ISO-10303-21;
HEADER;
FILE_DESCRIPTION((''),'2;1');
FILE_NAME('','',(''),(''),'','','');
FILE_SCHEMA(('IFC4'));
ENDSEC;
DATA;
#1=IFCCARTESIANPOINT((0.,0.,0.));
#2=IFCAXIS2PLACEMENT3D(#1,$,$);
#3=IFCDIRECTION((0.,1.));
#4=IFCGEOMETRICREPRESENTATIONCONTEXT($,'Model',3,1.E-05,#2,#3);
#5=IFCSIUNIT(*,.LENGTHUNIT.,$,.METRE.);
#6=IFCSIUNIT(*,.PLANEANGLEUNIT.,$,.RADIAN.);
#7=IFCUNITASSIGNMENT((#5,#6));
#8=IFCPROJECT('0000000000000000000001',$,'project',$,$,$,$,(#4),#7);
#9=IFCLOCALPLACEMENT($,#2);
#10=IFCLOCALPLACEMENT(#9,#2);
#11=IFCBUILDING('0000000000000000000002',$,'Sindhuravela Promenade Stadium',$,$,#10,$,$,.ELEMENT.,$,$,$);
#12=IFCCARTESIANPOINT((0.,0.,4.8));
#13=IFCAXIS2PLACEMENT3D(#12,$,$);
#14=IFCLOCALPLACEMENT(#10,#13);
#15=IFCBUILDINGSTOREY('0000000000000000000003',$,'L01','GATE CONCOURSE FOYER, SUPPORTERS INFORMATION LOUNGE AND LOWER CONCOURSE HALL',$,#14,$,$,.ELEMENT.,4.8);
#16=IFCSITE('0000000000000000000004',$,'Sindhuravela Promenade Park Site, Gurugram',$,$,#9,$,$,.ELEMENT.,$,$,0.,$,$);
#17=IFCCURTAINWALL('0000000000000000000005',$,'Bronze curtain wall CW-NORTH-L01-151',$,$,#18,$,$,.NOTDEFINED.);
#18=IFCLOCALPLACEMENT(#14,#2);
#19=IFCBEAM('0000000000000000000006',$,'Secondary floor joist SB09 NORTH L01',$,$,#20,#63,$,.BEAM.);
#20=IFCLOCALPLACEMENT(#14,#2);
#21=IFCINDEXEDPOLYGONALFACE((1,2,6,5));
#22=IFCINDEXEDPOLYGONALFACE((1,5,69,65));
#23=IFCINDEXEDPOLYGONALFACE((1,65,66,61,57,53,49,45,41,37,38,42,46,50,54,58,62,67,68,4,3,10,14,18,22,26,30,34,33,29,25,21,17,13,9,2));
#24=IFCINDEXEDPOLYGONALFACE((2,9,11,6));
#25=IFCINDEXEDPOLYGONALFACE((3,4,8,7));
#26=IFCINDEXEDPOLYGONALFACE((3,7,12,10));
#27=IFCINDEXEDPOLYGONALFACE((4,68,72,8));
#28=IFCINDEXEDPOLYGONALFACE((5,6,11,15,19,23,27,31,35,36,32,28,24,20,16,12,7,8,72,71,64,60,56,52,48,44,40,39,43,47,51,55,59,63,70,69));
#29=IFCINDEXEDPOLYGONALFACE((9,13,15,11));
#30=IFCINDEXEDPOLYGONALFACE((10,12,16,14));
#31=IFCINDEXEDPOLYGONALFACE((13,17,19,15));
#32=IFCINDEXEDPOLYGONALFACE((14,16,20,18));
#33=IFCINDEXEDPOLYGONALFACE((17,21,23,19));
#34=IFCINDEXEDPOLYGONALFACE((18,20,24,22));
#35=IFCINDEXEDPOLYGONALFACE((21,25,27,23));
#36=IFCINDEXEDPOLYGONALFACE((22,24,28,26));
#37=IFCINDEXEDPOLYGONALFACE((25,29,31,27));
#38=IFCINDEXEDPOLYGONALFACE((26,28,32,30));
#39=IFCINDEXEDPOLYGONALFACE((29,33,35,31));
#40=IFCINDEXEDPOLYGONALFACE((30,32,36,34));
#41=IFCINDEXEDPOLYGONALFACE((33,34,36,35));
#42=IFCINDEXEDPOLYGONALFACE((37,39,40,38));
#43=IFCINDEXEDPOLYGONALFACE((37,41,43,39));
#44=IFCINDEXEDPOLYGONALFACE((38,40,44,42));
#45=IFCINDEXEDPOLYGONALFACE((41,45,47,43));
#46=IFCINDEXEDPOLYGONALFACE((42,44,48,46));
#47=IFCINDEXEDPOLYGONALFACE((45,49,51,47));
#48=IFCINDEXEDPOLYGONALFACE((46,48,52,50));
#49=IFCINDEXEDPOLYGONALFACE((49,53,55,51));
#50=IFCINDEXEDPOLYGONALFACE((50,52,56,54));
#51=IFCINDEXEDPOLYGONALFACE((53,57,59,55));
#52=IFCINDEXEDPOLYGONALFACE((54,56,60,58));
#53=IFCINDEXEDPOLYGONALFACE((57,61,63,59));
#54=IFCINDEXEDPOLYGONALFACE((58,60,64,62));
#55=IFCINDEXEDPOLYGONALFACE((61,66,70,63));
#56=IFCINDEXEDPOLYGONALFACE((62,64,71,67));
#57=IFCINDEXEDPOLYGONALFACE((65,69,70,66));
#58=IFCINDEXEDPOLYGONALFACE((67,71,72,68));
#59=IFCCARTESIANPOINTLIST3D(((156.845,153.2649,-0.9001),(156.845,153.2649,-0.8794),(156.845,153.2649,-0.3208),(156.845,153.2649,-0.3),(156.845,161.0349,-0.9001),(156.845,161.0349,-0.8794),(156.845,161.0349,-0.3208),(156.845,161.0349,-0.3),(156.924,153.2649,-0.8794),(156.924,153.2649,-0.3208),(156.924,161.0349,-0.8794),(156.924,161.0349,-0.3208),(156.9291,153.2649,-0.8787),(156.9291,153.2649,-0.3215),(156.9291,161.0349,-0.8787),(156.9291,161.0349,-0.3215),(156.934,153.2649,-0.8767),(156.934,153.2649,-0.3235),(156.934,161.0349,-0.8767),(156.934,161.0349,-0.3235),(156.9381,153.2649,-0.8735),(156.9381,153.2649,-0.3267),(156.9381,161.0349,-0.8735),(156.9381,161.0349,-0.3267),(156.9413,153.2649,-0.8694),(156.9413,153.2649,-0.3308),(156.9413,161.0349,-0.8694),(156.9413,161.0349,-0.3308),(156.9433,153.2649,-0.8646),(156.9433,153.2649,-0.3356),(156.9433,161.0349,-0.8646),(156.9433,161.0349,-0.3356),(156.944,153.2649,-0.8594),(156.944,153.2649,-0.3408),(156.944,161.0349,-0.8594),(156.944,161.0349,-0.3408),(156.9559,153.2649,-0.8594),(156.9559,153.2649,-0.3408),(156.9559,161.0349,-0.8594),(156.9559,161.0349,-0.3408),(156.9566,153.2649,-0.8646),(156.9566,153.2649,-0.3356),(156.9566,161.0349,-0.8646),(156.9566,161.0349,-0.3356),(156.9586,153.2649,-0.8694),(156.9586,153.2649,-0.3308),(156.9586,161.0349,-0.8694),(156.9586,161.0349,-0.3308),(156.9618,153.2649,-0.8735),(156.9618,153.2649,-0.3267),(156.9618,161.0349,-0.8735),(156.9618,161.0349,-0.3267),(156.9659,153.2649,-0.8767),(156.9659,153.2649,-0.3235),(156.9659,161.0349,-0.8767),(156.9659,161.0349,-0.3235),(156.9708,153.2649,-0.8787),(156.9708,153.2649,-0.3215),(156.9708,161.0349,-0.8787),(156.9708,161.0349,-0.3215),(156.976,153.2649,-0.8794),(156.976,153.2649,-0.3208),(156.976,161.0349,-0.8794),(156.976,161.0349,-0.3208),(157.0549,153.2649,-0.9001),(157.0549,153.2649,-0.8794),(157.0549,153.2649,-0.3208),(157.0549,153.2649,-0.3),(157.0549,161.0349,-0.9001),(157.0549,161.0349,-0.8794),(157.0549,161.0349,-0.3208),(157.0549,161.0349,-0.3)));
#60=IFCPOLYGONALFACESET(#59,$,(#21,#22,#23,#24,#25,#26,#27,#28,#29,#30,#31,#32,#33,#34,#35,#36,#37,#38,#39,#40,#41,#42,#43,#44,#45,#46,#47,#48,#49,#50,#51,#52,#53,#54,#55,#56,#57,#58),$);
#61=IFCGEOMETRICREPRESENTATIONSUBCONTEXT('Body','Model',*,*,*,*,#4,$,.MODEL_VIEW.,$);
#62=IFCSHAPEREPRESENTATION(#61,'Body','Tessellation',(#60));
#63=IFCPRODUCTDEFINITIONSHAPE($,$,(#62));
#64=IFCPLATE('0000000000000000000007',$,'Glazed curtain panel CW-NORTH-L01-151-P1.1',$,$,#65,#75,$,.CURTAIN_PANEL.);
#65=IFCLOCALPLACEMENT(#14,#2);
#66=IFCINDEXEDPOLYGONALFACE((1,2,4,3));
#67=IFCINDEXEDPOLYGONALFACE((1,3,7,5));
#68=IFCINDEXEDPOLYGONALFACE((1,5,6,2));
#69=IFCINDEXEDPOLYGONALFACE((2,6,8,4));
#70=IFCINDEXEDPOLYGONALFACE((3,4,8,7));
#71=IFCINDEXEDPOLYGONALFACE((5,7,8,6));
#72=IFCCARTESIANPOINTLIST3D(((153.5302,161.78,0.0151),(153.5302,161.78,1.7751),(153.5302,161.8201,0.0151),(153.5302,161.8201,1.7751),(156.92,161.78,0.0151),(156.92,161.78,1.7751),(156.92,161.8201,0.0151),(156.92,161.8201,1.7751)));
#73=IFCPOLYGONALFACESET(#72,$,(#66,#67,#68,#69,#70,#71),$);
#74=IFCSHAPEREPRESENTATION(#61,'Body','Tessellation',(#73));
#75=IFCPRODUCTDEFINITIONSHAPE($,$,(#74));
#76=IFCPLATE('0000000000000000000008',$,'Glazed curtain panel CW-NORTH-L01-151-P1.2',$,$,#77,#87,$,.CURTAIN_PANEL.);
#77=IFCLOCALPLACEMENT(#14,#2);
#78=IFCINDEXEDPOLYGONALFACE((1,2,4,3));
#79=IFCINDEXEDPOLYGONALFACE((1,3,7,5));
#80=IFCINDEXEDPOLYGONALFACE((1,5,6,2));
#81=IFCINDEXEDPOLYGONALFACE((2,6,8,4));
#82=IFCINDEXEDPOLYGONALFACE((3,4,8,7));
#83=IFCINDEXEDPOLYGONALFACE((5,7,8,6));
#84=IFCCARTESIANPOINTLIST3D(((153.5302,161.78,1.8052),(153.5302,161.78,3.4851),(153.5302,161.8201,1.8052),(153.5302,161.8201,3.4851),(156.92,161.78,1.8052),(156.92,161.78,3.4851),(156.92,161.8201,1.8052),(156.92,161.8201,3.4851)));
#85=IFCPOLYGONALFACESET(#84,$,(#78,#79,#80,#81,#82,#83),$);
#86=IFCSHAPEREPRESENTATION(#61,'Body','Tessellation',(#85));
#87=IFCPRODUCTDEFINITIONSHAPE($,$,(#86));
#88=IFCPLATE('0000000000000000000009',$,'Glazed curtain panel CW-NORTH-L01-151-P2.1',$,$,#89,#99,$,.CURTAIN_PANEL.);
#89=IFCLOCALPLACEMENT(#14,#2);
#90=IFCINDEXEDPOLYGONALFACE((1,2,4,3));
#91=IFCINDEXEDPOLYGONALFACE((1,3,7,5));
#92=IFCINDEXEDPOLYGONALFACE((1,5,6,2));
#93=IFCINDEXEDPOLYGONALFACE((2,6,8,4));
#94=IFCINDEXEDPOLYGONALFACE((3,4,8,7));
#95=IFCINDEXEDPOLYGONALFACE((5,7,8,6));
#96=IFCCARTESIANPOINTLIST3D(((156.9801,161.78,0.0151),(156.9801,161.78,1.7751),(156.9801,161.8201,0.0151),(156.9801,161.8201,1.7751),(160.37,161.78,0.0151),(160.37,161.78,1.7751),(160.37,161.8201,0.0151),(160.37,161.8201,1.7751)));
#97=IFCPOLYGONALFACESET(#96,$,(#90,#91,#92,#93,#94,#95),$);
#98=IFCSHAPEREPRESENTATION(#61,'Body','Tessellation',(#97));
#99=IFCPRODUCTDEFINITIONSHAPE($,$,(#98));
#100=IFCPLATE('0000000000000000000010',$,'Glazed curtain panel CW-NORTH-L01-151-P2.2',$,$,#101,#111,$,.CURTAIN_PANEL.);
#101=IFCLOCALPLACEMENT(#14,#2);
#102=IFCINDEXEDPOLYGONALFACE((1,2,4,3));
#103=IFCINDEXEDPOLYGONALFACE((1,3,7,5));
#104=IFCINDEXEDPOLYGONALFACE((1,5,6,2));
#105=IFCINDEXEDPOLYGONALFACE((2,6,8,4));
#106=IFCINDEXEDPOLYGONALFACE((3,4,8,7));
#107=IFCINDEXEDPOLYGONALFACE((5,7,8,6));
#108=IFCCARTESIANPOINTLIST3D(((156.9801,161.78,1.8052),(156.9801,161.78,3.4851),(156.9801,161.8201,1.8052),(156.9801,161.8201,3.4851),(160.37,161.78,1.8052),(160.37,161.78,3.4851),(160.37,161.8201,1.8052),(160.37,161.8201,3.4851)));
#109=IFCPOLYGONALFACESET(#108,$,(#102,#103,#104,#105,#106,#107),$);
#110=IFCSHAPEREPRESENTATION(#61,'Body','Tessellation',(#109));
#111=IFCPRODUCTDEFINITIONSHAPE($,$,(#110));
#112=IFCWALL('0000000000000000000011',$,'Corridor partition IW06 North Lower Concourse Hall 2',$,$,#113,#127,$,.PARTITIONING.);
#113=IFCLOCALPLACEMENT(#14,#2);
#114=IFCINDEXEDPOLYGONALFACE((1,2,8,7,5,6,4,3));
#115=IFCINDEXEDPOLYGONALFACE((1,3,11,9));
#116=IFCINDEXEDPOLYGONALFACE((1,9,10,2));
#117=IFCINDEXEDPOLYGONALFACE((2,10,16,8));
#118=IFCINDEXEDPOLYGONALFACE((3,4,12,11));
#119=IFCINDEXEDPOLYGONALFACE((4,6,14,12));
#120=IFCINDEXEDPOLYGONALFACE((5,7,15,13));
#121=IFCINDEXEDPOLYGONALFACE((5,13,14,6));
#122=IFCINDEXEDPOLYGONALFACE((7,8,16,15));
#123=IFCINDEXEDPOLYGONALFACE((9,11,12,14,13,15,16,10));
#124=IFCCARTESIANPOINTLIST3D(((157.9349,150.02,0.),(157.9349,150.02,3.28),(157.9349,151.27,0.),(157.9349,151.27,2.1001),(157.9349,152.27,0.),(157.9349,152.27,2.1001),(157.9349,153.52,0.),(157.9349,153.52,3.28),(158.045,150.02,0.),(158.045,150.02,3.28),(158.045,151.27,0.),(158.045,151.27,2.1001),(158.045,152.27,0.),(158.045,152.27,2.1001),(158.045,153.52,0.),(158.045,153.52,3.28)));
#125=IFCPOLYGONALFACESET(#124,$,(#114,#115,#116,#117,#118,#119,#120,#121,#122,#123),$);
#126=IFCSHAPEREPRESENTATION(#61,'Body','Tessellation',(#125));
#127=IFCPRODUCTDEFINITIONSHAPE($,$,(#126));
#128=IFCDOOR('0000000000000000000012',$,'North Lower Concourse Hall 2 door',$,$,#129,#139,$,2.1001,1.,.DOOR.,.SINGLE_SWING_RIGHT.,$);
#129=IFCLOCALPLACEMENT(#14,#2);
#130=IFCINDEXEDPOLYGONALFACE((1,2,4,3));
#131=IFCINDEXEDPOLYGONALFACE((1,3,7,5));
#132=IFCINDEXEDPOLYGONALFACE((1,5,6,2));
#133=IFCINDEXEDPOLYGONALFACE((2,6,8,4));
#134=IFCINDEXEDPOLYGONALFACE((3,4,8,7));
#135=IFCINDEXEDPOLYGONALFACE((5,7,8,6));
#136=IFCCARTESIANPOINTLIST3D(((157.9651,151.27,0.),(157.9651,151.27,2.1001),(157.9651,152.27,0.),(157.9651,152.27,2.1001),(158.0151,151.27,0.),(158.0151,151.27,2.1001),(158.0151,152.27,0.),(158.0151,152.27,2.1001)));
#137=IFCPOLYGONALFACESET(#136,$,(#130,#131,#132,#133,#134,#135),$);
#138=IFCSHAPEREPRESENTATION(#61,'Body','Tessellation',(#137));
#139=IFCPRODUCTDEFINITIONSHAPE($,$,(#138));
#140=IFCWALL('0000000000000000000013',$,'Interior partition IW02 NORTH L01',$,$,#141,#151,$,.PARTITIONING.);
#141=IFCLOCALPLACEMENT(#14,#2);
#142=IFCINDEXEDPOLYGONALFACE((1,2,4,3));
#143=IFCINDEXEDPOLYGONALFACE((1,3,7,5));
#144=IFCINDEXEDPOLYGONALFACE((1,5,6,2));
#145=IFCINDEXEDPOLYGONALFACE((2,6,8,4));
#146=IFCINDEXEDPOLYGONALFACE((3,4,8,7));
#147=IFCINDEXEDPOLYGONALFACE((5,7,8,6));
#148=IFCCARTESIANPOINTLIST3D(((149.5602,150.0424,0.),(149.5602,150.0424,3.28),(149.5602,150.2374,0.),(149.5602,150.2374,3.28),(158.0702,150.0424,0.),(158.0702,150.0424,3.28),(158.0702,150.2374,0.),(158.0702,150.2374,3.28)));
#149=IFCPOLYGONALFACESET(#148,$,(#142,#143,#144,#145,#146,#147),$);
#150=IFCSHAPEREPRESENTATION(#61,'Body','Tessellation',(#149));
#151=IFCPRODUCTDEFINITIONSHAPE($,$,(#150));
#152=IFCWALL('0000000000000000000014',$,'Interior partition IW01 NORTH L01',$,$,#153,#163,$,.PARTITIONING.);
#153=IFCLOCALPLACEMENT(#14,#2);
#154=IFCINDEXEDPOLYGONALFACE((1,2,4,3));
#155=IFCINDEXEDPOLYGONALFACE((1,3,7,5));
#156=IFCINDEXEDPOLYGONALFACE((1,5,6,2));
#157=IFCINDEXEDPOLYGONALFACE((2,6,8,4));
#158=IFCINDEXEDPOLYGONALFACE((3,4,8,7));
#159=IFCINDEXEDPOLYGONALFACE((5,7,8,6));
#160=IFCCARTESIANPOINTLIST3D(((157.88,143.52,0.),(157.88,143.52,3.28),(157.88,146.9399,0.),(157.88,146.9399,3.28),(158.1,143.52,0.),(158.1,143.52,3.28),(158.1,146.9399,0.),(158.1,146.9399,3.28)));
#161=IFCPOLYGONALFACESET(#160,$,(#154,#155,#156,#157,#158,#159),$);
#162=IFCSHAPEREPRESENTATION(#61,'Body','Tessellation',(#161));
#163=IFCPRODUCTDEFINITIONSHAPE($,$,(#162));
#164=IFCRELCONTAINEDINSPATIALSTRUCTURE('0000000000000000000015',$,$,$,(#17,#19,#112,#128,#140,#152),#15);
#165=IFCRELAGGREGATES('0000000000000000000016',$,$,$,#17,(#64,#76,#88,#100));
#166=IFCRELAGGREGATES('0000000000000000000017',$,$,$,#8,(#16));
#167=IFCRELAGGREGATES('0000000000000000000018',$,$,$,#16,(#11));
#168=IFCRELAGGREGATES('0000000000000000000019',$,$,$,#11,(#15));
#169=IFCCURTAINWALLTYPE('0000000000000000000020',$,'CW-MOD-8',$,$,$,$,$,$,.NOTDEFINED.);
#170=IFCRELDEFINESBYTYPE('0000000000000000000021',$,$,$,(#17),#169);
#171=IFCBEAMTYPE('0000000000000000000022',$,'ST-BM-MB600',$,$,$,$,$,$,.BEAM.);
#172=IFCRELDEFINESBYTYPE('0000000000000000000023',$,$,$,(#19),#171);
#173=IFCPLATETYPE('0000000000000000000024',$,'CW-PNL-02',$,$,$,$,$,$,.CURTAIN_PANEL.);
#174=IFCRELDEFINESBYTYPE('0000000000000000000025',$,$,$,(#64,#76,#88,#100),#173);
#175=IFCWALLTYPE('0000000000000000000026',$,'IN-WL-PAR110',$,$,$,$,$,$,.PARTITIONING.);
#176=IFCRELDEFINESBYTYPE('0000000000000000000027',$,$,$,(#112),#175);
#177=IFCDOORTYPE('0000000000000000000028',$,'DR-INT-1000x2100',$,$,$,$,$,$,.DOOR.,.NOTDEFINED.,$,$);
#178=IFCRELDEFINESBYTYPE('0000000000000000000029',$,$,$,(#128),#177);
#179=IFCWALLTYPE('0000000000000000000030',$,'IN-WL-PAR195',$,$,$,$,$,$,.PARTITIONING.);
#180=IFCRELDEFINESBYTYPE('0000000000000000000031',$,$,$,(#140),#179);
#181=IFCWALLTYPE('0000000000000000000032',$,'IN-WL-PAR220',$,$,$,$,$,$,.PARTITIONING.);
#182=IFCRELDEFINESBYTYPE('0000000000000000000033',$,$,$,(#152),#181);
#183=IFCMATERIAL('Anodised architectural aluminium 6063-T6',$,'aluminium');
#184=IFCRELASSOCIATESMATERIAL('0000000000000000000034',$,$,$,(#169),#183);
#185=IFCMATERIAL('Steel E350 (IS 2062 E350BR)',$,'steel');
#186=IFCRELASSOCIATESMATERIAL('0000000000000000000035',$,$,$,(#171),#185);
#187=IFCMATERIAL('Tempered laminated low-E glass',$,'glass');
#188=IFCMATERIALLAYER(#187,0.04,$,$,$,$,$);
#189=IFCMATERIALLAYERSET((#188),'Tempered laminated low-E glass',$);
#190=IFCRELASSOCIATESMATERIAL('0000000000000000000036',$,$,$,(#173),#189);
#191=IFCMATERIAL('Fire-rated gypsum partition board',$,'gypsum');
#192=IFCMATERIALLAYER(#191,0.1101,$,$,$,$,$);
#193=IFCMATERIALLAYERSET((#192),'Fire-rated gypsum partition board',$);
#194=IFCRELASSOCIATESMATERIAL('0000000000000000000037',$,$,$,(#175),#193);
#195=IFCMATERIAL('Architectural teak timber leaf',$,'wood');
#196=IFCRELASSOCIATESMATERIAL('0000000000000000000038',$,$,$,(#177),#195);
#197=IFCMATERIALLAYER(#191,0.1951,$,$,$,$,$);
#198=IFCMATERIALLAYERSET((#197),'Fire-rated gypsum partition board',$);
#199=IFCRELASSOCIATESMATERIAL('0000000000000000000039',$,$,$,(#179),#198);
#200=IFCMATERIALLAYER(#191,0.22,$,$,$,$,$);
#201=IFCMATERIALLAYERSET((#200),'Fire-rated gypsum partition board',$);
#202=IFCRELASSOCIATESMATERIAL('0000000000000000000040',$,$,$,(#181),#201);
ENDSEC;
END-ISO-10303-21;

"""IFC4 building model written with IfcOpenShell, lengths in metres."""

from ifc_helpers import new_model, si_unit, direction, frame, frame_2d, origin, origin_2d, place, context, subcontext, project, spatial, rectangle, i_section, extrude, material, layer, layer_set, material_profile, profile_set, type_object, element, fill, aggregate, save


model = new_model("IFC4")

# Units and contexts
model_context = context("Model", 3, precision=1e-05, world=origin(), true_north=direction((0.0, 1.0)))
body_context = subcontext(model_context, "Body", "Model", "MODEL_VIEW")
ifc_project = project(units=[si_unit("LENGTHUNIT", "METRE"), si_unit("PLANEANGLEUNIT", "RADIAN")], contexts=[model_context])

# Site, building, storey
site_placement = place(None, origin())
site = spatial("IfcSite", under=ifc_project, at=site_placement, Name="Sindhuravela Promenade Park Site, Gurugram", CompositionType="ELEMENT", RefElevation=0.0)
building_placement = place(site_placement, origin())
building = spatial("IfcBuilding", under=site, at=building_placement, Name="Sindhuravela Promenade Stadium", CompositionType="ELEMENT")
storey_placement = place(building_placement, frame((0.0, 0.0, 4.8)))
storey = spatial("IfcBuildingStorey", under=building, at=storey_placement, Name="L01", Description="GATE CONCOURSE FOYER, SUPPORTERS INFORMATION LOUNGE AND LOWER CONCOURSE HALL", CompositionType="ELEMENT", Elevation=4.8)

# Curtain wall
ifc_material_1 = material(Name="Anodised architectural aluminium 6063-T6", Category="aluminium")
curtain_wall_type = type_object("IfcCurtainWallType", Name="CW-MOD-8", PredefinedType="NOTDEFINED", material=ifc_material_1)
curtain_wall_placement = place(storey_placement, origin())
curtain_wall = element("IfcCurtainWall", 1, at=curtain_wall_placement, inside=storey, type_object=curtain_wall_type, Name="Bronze curtain wall CW-NORTH-L01-151", PredefinedType="NOTDEFINED")

# Beam
ifc_material_2 = material(Name="Steel E350 (IS 2062 E350BR)", Category="steel")
ifc_material_profile_1 = material_profile(ifc_material_2, i_section(OverallWidth=0.21, OverallDepth=0.6001, WebThickness=0.012, FlangeThickness=0.0208, FilletRadius=0.02, at=origin_2d()), Name="ISMB 600")
ifc_profile_set_1 = profile_set([ifc_material_profile_1], Name="Steel E350 (IS 2062 E350BR)")
beam_type_1 = type_object("IfcBeamType", Name="ST-BM-MB600", PredefinedType="BEAM", material=ifc_profile_set_1)
beam_1_placement = place(storey_placement, frame((156.95, 153.2649, -0.6001), z_axis=(0.0, 1.0, 0.0), x_axis=(-1.0, 0.0, 0.0)))
element("IfcBeam", 2, at=beam_1_placement, inside=storey, type_object=beam_type_1, Name="Secondary floor joist SB09 NORTH L01", PredefinedType="BEAM", context=body_context, shape_type="SweptSolid", body=[
    extrude(i_section(OverallWidth=0.21, OverallDepth=0.6001, WebThickness=0.012, FlangeThickness=0.0208, FilletRadius=0.02, at=origin_2d()), origin(), (0.0, 0.0, 1.0), 7.77),
])

# Plates
ifc_material_3 = material(Name="Tempered laminated low-E glass", Category="glass")
ifc_layer_1 = layer(ifc_material_3, 0.04)
ifc_layer_set_1 = layer_set([ifc_layer_1], Name="Tempered laminated low-E glass")
plate_type = type_object("IfcPlateType", Name="CW-PNL-02", PredefinedType="CURTAIN_PANEL", material=ifc_layer_set_1)
plate_1_placement = place(storey_placement, frame((155.2251, 161.8, 0.0151), z_axis=(0.0, 0.0, 1.0), x_axis=(1.0, 0.0, 0.0)))
plate_1 = element("IfcPlate", 3, at=plate_1_placement, type_object=plate_type, Name="Glazed curtain panel CW-NORTH-L01-151-P1.1", PredefinedType="CURTAIN_PANEL", context=body_context, shape_type="SweptSolid", body=[
    extrude(rectangle(XDim=3.3899, YDim=0.04, at=origin_2d()), origin(), (0.0, 0.0, 1.0), 1.76),
])
plate_2_placement = place(storey_placement, frame((155.2251, 161.8, 1.8052), z_axis=(0.0, 0.0, 1.0), x_axis=(1.0, 0.0, 0.0)))
plate_2 = element("IfcPlate", 4, at=plate_2_placement, type_object=plate_type, Name="Glazed curtain panel CW-NORTH-L01-151-P1.2", PredefinedType="CURTAIN_PANEL", context=body_context, shape_type="SweptSolid", body=[
    extrude(rectangle(XDim=3.3899, YDim=0.04, at=origin_2d()), origin(), (0.0, 0.0, 1.0), 1.6799),
])
plate_3_placement = place(storey_placement, frame((158.675, 161.8, 0.0151), z_axis=(0.0, 0.0, 1.0), x_axis=(1.0, 0.0, 0.0)))
plate_3 = element("IfcPlate", 5, at=plate_3_placement, type_object=plate_type, Name="Glazed curtain panel CW-NORTH-L01-151-P2.1", PredefinedType="CURTAIN_PANEL", context=body_context, shape_type="SweptSolid", body=[
    extrude(rectangle(XDim=3.3899, YDim=0.04, at=origin_2d()), origin(), (0.0, 0.0, 1.0), 1.76),
])
plate_4_placement = place(storey_placement, frame((158.675, 161.8, 1.8052), z_axis=(0.0, 0.0, 1.0), x_axis=(1.0, 0.0, 0.0)))
plate_4 = element("IfcPlate", 6, at=plate_4_placement, type_object=plate_type, Name="Glazed curtain panel CW-NORTH-L01-151-P2.2", PredefinedType="CURTAIN_PANEL", context=body_context, shape_type="SweptSolid", body=[
    extrude(rectangle(XDim=3.3899, YDim=0.04, at=origin_2d()), origin(), (0.0, 0.0, 1.0), 1.6799),
])
aggregate(curtain_wall, [plate_1, plate_2, plate_3, plate_4])

# Wall, opening, door
ifc_material_4 = material(Name="Fire-rated gypsum partition board", Category="gypsum")
ifc_layer_2 = layer(ifc_material_4, 0.1101)
ifc_layer_set_2 = layer_set([ifc_layer_2], Name="Fire-rated gypsum partition board")
wall_type_1 = type_object("IfcWallType", Name="IN-WL-PAR110", PredefinedType="PARTITIONING", material=ifc_layer_set_2)
wall_1_placement = place(storey_placement, frame((157.99, 150.02, 0.0), z_axis=(0.0, 0.0, 1.0), x_axis=(0.0, 1.0, 0.0)))
wall_1 = element("IfcWall", 7, at=wall_1_placement, inside=storey, type_object=wall_type_1, Name="Corridor partition IW06 North Lower Concourse Hall 2", PredefinedType="PARTITIONING", context=body_context, shape_type="SweptSolid", body=[
    extrude(rectangle(XDim=3.5, YDim=0.1101, at=frame_2d((1.75, 0.0))), origin(), (0.0, 0.0, 1.0), 3.28),
])
opening_placement = place(wall_1_placement, frame((1.25, 0.0, 0.0)))
opening = element("IfcOpeningElement", 8, at=opening_placement, cuts=wall_1, PredefinedType="OPENING", context=body_context, shape_type="SweptSolid", body=[
    extrude(rectangle(XDim=1.0, YDim=2.1001, at=frame_2d((0.5, 1.05))), frame((0.0, 0.0649, 0.0), z_axis=(0.0, -1.0, 0.0), x_axis=(1.0, 0.0, 0.0)), (0.0, 0.0, 1.0), 0.1301),
])
ifc_material_5 = material(Name="Architectural teak timber leaf", Category="wood")
door_type = type_object("IfcDoorType", Name="DR-INT-1000x2100", OperationType="NOTDEFINED", PredefinedType="DOOR", material=ifc_material_5)
door_placement = place(opening_placement, origin())
door = element("IfcDoor", 9, at=door_placement, inside=storey, type_object=door_type, Name="North Lower Concourse Hall 2 door", OperationType="SINGLE_SWING_RIGHT", OverallHeight=2.1001, OverallWidth=1.0, PredefinedType="DOOR", context=body_context, shape_type="SweptSolid", body=[
    extrude(rectangle(XDim=1.0, YDim=2.1001, at=frame_2d((0.5, 1.05))), frame((0.0, 0.0249, 0.0), z_axis=(0.0, -1.0, 0.0), x_axis=(1.0, 0.0, 0.0)), (0.0, 0.0, 1.0), 0.05),
])
fill(opening, door)

# Walls
ifc_layer_3 = layer(ifc_material_4, 0.1951)
ifc_layer_set_3 = layer_set([ifc_layer_3], Name="Fire-rated gypsum partition board")
wall_type_2 = type_object("IfcWallType", Name="IN-WL-PAR195", PredefinedType="PARTITIONING", material=ifc_layer_set_3)
wall_2_placement = place(storey_placement, frame((158.0701, 150.1399, 0.0), z_axis=(0.0, 0.0, 1.0), x_axis=(-1.0, 0.0, 0.0)))
element("IfcWall", 10, at=wall_2_placement, inside=storey, type_object=wall_type_2, Name="Interior partition IW02 NORTH L01", PredefinedType="PARTITIONING", context=body_context, shape_type="SweptSolid", body=[
    extrude(rectangle(XDim=8.51, YDim=0.1951, at=frame_2d((4.2549, 0.0))), origin(), (0.0, 0.0, 1.0), 3.28),
])
ifc_layer_4 = layer(ifc_material_4, 0.22)
ifc_layer_set_4 = layer_set([ifc_layer_4], Name="Fire-rated gypsum partition board")
wall_type_3 = type_object("IfcWallType", Name="IN-WL-PAR220", PredefinedType="PARTITIONING", material=ifc_layer_set_4)
wall_3_placement = place(storey_placement, frame((157.99, 146.9399, 0.0), z_axis=(0.0, 0.0, 1.0), x_axis=(0.0, -1.0, 0.0)))
element("IfcWall", 11, at=wall_3_placement, inside=storey, type_object=wall_type_3, Name="Interior partition IW01 NORTH L01", PredefinedType="PARTITIONING", context=body_context, shape_type="SweptSolid", body=[
    extrude(rectangle(XDim=3.4199, YDim=0.22, at=frame_2d((1.71, 0.0))), origin(), (0.0, 0.0, 1.0), 3.28),
])

save(model, "model.ifc")
